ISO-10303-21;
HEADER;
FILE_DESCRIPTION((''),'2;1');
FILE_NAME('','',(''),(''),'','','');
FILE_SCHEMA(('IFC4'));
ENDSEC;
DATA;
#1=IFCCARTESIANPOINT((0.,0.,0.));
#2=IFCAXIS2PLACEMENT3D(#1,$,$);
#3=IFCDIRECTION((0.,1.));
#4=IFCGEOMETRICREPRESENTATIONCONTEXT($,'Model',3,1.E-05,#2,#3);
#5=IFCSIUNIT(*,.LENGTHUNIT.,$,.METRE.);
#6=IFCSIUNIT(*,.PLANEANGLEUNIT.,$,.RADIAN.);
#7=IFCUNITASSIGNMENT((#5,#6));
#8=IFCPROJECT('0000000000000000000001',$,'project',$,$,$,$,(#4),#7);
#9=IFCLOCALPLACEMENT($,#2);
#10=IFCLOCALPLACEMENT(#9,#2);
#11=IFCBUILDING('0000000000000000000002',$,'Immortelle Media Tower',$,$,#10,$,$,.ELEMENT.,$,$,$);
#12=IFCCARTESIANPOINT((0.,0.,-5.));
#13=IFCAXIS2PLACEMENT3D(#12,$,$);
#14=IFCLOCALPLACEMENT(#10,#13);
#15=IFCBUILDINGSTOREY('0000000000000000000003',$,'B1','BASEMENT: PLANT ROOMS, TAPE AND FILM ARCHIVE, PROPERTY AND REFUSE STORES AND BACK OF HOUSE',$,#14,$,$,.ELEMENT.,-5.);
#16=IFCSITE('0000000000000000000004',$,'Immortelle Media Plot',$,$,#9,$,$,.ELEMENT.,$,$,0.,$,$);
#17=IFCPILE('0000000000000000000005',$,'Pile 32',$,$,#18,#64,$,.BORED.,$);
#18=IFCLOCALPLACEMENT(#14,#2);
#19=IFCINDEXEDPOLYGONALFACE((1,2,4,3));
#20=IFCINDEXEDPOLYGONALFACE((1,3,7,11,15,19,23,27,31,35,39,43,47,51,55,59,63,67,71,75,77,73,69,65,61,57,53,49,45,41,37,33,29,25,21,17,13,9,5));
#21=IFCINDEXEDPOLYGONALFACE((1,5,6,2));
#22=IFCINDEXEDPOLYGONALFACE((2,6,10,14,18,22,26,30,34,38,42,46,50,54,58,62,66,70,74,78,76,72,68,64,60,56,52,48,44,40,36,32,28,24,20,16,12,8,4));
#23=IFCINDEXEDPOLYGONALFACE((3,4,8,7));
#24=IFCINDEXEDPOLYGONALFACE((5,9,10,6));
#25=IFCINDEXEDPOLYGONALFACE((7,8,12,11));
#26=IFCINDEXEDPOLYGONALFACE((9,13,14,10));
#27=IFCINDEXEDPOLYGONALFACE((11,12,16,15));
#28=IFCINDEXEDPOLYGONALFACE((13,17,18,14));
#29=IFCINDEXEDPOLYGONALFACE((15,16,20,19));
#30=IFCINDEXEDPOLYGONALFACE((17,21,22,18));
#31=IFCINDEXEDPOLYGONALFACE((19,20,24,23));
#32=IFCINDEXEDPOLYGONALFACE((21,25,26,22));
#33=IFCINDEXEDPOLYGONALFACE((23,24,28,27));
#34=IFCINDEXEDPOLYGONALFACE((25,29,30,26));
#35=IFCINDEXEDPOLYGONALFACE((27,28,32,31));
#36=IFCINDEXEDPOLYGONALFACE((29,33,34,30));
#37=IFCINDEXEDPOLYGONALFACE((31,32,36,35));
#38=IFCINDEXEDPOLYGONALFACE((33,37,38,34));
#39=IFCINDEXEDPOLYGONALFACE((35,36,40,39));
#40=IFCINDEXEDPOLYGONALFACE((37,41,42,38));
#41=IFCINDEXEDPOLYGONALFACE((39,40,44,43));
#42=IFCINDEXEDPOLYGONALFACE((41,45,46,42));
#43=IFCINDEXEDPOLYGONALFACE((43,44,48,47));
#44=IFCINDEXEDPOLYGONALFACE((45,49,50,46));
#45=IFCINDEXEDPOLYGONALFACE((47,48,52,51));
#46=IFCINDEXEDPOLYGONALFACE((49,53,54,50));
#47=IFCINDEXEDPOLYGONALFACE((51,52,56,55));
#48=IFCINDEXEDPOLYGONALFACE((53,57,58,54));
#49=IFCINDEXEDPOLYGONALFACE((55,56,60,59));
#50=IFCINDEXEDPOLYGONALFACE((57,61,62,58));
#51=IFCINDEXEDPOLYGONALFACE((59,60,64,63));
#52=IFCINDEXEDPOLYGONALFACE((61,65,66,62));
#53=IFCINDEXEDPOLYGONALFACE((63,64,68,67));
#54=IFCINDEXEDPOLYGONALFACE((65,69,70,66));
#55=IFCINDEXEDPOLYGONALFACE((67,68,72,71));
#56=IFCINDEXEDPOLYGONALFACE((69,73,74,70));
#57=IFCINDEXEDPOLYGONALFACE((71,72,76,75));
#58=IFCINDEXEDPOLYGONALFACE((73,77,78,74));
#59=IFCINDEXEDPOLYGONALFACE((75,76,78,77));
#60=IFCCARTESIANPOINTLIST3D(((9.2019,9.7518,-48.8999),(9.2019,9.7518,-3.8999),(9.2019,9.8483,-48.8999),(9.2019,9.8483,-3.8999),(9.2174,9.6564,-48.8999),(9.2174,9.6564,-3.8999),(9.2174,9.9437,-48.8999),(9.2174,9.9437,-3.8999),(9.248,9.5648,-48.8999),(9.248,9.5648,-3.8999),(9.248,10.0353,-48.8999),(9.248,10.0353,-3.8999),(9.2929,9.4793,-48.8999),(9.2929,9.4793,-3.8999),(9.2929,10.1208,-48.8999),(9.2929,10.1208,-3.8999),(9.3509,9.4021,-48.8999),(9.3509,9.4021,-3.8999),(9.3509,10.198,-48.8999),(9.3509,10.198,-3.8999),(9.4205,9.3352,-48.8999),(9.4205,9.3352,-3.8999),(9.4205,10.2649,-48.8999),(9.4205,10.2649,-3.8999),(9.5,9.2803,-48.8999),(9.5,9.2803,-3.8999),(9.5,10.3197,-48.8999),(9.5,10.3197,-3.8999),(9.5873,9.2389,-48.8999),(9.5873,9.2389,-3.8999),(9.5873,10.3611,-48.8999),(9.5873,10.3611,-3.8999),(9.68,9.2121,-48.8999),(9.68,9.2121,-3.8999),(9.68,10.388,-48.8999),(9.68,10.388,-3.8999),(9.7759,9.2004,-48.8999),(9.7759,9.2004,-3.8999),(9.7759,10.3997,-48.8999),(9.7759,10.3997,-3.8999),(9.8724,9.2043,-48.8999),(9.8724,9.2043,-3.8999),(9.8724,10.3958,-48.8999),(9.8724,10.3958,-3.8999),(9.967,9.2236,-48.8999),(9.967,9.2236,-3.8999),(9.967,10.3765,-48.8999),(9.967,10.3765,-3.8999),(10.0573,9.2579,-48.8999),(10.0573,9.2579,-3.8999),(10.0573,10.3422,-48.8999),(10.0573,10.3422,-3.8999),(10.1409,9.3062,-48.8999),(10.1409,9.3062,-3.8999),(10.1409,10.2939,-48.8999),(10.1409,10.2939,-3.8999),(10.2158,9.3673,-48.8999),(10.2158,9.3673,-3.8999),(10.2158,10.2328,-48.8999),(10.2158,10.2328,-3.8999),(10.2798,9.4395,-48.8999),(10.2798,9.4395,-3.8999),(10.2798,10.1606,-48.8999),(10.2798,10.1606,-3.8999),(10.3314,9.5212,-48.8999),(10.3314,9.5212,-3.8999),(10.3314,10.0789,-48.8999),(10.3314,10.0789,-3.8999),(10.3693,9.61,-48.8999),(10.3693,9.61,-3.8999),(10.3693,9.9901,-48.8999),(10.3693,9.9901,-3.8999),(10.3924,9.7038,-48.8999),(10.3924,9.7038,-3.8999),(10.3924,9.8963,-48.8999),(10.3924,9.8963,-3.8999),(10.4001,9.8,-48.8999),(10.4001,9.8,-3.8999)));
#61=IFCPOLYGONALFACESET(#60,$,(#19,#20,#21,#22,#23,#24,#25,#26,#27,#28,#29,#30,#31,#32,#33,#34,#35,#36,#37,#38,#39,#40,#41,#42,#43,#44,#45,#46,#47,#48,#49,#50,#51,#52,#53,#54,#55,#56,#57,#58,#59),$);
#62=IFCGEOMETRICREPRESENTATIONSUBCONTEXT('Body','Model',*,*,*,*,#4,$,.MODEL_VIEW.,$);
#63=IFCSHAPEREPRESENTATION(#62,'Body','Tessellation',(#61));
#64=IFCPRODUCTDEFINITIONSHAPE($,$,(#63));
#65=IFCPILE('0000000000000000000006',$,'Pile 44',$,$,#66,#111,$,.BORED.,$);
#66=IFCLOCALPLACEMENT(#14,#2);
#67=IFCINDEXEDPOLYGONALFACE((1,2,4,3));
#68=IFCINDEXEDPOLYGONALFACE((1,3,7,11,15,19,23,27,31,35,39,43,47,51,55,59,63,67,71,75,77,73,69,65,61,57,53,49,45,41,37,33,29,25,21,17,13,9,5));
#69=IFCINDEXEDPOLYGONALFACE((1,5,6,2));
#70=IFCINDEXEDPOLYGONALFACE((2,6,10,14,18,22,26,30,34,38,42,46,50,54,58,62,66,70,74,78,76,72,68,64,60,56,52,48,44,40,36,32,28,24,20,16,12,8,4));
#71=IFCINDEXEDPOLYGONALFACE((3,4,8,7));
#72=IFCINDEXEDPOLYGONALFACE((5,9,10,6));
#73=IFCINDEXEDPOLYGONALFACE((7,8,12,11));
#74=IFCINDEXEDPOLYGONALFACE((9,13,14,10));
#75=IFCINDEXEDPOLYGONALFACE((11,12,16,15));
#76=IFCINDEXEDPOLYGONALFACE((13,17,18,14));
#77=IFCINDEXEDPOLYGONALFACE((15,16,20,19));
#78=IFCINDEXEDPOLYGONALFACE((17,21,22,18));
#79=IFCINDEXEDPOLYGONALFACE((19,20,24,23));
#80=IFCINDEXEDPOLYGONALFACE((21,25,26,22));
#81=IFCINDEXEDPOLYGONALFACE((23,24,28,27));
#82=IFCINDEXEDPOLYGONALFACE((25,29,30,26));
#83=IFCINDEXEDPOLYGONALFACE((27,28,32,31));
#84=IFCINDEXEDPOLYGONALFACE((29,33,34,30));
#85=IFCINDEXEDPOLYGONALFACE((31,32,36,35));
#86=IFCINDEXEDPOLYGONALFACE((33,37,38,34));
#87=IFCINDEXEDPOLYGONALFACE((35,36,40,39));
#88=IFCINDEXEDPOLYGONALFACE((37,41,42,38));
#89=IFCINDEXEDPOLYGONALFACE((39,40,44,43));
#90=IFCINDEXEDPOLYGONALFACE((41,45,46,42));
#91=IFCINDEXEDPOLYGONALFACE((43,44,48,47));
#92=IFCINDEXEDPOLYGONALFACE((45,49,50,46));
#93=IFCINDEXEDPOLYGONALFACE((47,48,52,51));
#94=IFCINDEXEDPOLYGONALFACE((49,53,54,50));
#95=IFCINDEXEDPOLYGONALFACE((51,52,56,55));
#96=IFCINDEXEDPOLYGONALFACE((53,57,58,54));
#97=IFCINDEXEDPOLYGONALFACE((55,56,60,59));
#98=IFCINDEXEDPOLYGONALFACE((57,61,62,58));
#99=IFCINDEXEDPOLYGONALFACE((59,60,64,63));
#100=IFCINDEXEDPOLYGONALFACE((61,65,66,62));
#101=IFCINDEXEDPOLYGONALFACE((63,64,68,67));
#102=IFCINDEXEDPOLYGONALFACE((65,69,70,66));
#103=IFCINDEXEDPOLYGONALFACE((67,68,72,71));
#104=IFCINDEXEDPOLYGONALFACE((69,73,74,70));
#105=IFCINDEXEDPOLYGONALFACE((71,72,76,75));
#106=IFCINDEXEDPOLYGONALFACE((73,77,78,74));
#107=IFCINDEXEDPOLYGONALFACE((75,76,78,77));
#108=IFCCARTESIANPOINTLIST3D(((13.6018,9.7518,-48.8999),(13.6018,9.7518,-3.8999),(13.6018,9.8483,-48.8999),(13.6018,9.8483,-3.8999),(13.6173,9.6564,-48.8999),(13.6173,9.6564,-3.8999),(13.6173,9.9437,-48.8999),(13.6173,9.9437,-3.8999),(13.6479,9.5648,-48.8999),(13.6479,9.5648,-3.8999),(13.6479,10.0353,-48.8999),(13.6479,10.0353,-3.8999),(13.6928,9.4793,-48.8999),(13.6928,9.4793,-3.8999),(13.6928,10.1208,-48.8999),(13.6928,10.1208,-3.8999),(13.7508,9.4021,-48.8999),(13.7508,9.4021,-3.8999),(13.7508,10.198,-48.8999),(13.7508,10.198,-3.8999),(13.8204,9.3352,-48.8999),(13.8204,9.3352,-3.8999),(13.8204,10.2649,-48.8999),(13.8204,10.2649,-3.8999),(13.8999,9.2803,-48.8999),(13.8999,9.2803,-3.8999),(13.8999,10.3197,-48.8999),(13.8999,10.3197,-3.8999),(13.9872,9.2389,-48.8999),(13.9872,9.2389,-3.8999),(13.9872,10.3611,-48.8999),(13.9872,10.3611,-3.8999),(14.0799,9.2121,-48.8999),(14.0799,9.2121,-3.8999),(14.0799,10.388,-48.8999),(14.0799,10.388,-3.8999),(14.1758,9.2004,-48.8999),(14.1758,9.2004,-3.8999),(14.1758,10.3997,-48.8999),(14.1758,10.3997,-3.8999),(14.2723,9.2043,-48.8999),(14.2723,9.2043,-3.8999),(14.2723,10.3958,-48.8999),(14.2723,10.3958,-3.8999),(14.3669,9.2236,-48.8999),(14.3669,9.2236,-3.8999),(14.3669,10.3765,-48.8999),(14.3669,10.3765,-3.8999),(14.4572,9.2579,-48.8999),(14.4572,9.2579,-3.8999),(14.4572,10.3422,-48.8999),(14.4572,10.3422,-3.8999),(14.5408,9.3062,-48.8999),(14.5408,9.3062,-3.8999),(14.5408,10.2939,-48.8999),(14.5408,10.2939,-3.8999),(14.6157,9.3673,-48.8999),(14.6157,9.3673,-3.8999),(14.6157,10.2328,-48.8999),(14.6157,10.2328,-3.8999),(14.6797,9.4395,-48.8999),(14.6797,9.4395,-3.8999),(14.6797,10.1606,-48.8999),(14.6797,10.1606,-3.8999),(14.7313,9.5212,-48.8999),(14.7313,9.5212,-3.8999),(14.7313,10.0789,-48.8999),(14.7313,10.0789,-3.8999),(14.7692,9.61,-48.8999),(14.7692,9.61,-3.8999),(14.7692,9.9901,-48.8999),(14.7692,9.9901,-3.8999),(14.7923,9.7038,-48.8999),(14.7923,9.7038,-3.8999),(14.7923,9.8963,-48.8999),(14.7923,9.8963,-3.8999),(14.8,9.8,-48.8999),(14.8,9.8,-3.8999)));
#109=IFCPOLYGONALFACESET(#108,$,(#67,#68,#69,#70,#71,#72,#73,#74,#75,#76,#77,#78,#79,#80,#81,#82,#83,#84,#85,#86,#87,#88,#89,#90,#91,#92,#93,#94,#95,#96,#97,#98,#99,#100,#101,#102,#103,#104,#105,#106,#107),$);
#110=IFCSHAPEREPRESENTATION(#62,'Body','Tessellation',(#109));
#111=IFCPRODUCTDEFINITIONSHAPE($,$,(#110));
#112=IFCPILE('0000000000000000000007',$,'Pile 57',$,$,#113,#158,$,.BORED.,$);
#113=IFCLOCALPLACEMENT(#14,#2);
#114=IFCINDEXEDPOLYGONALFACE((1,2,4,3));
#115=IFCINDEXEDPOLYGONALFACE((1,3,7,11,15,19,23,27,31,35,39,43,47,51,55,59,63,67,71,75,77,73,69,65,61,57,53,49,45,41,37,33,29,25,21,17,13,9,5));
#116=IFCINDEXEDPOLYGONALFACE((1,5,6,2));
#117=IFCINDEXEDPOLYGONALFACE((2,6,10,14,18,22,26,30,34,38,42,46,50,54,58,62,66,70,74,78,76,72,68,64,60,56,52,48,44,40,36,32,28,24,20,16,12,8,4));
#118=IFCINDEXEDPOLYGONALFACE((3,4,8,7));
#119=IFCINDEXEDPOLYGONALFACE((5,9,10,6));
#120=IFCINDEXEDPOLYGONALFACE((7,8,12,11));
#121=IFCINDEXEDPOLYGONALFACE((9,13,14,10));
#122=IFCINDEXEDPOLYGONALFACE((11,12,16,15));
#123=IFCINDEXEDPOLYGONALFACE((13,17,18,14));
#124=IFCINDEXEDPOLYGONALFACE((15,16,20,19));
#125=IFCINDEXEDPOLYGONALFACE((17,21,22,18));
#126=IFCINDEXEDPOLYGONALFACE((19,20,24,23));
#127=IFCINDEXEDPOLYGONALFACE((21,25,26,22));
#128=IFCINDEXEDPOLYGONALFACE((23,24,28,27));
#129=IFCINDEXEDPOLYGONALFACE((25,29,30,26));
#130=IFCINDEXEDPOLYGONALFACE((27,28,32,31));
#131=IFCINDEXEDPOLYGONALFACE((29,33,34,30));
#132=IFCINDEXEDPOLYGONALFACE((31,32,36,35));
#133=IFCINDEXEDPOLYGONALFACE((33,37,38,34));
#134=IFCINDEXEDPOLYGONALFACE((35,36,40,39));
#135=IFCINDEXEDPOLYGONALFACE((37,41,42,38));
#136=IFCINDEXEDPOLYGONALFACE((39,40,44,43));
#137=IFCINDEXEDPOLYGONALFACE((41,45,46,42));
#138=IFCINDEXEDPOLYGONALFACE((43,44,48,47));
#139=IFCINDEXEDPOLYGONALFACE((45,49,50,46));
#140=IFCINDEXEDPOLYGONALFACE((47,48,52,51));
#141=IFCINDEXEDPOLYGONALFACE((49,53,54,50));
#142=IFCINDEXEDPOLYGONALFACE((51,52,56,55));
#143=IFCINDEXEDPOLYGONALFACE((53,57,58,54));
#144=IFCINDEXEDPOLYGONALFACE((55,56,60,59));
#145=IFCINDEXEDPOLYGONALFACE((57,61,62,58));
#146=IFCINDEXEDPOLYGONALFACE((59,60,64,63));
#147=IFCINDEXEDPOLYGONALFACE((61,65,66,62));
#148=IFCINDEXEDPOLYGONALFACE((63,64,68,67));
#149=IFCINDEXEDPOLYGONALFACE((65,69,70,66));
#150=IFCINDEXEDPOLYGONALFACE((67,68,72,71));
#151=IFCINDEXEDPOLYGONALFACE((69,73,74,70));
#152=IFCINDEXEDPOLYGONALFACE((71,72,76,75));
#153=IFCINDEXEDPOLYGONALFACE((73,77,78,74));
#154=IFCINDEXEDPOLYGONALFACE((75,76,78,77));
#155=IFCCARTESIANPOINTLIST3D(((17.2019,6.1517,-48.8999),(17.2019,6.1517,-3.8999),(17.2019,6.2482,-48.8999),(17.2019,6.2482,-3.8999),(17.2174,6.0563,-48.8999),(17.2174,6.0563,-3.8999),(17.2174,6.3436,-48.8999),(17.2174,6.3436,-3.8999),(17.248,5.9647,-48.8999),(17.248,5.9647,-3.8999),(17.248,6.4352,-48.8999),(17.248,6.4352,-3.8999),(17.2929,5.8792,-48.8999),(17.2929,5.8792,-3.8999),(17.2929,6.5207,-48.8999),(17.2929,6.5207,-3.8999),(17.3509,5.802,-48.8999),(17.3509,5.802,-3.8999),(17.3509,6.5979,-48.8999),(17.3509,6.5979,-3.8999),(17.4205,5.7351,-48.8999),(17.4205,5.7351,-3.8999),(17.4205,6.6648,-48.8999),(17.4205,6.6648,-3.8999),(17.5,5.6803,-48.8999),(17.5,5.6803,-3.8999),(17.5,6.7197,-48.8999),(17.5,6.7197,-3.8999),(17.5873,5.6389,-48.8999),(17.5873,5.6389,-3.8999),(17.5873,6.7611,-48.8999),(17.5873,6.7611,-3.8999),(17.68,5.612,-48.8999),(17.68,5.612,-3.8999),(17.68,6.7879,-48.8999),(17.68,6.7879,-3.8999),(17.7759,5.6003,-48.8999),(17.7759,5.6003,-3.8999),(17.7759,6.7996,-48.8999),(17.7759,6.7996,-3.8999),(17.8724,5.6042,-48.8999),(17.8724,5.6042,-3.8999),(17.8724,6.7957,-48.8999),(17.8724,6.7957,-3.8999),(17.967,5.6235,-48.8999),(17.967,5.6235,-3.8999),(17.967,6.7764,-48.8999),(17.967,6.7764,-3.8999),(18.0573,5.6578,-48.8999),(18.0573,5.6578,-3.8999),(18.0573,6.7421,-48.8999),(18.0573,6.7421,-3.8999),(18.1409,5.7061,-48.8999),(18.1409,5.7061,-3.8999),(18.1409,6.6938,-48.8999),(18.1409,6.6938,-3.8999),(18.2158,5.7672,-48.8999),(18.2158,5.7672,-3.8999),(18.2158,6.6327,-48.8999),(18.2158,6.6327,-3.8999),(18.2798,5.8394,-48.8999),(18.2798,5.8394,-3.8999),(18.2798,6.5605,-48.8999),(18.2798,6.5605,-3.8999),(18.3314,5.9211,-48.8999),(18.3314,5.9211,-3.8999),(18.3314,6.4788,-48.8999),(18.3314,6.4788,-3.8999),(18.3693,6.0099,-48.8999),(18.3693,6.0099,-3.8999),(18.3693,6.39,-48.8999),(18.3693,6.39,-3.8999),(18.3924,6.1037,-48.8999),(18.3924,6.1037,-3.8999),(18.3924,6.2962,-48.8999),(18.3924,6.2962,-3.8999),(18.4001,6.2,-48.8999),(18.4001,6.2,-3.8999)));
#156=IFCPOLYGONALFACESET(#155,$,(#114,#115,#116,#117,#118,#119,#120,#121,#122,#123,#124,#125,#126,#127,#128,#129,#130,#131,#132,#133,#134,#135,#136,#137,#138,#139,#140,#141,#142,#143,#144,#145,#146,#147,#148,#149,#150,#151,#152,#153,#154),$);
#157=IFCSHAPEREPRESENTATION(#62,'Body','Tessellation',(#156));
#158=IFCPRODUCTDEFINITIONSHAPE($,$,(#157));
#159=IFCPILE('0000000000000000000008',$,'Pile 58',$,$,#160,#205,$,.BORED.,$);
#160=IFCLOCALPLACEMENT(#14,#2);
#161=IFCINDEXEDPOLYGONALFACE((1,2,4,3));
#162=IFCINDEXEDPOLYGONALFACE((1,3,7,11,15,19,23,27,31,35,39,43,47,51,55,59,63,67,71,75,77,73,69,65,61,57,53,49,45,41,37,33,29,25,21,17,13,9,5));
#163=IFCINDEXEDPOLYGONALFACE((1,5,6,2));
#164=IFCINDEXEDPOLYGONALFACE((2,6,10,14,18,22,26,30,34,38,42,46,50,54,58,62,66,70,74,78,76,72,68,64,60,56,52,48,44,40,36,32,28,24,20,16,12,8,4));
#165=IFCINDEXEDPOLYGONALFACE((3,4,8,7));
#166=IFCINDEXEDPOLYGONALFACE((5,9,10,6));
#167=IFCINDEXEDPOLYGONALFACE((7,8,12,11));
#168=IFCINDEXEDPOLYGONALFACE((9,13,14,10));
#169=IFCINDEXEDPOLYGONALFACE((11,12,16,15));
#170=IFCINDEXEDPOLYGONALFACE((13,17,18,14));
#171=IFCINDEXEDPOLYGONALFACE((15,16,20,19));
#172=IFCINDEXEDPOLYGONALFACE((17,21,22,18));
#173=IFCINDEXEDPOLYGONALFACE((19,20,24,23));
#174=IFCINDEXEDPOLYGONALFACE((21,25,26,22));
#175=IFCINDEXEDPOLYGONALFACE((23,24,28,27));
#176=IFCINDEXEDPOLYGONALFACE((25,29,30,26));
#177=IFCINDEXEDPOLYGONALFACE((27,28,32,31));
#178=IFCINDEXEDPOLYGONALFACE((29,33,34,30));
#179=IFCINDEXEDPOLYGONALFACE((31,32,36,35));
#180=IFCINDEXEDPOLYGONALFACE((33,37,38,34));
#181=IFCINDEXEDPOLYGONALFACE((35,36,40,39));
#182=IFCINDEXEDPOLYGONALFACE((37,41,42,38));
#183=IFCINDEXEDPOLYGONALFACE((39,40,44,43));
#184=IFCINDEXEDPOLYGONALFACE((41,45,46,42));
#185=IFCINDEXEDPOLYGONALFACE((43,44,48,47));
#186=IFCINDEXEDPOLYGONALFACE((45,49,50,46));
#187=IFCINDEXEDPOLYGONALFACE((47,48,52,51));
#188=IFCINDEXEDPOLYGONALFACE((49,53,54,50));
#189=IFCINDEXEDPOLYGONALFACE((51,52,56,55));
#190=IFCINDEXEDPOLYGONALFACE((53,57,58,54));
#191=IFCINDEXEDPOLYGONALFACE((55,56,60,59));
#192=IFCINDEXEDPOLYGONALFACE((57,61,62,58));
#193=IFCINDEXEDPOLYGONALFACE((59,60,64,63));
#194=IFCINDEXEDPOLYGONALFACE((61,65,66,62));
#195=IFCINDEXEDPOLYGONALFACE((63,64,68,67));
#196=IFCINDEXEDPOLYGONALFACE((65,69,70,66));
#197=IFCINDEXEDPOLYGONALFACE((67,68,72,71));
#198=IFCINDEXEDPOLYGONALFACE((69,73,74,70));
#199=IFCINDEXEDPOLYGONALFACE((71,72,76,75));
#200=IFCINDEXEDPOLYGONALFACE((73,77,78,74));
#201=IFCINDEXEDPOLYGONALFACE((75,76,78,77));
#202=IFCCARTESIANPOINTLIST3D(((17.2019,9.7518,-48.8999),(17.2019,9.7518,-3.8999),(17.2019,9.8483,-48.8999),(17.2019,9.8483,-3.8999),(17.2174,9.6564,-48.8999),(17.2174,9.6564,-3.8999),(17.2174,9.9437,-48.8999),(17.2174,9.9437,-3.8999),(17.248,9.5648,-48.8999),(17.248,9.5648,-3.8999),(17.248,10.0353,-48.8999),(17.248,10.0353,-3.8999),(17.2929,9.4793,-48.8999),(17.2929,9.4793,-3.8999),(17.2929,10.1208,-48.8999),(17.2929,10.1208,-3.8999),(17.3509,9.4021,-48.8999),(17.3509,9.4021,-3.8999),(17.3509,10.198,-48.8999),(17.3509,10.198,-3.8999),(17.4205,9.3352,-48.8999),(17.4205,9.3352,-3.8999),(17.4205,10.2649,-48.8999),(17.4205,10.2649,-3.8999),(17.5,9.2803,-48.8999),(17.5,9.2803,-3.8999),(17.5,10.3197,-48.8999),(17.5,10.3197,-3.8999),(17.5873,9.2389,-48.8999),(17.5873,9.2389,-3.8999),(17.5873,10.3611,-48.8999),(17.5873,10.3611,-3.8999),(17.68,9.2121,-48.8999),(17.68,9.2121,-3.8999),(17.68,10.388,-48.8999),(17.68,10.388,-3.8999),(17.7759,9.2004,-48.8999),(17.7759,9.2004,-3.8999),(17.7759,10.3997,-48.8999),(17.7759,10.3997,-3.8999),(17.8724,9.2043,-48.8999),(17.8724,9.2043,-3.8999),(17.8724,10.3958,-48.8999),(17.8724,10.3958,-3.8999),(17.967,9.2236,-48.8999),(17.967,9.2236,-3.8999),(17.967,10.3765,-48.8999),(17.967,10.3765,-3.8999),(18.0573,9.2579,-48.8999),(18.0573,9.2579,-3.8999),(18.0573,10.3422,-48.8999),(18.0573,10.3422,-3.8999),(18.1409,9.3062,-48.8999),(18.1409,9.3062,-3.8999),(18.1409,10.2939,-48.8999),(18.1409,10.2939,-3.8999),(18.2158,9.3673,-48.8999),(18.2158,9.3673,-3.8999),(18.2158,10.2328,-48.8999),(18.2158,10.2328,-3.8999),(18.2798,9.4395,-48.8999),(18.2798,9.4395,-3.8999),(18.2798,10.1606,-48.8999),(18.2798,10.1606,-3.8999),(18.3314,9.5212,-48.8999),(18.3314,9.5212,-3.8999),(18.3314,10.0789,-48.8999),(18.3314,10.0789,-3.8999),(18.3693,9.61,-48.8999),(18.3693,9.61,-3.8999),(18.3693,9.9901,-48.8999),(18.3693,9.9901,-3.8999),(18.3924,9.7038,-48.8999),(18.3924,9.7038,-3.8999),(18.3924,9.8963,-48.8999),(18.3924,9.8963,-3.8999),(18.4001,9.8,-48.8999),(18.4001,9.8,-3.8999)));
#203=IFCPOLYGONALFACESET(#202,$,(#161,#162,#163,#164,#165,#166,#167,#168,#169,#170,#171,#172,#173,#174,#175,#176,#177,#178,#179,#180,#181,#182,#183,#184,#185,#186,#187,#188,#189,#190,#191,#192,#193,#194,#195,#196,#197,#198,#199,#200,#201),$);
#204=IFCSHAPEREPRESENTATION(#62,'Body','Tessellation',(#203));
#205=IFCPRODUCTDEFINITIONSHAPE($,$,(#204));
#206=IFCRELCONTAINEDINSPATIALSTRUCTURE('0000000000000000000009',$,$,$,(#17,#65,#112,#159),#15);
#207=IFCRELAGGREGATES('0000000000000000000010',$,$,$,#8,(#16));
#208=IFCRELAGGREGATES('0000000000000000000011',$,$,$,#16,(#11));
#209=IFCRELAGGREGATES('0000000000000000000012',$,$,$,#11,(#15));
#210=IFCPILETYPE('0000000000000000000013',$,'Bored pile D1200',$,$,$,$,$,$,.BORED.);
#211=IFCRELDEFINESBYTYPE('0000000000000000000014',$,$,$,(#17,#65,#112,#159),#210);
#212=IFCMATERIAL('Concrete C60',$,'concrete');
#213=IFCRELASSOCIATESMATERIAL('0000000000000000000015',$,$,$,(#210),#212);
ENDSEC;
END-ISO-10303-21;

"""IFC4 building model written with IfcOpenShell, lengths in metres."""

from ifc_helpers import new_model, si_unit, direction, frame, origin, origin_2d, place, context, subcontext, project, spatial, circle, extrude, material, material_profile, profile_set, type_object, element, save


model = new_model("IFC4")

# Units and contexts
model_context = context("Model", 3, precision=1e-05, world=origin(), true_north=direction((0.0, 1.0)))
body_context = subcontext(model_context, "Body", "Model", "MODEL_VIEW")
ifc_project = project(units=[si_unit("LENGTHUNIT", "METRE"), si_unit("PLANEANGLEUNIT", "RADIAN")], contexts=[model_context])

# Site, building, storey
site_placement = place(None, origin())
site = spatial("IfcSite", under=ifc_project, at=site_placement, Name="Immortelle Media Plot", CompositionType="ELEMENT", RefElevation=0.0)
building_placement = place(site_placement, origin())
building = spatial("IfcBuilding", under=site, at=building_placement, Name="Immortelle Media Tower", CompositionType="ELEMENT")
storey_placement = place(building_placement, frame((0.0, 0.0, -5.0)))
storey = spatial("IfcBuildingStorey", under=building, at=storey_placement, Name="B1", Description="BASEMENT: PLANT ROOMS, TAPE AND FILM ARCHIVE, PROPERTY AND REFUSE STORES AND BACK OF HOUSE", CompositionType="ELEMENT", Elevation=-5.0)

# Piles
ifc_material_1 = material(Name="Concrete C60", Category="concrete")
ifc_material_profile_1 = material_profile(ifc_material_1, circle(Radius=0.6001, at=origin_2d()), Name="Bored pile D1200")
ifc_profile_set_1 = profile_set([ifc_material_profile_1], Name="Concrete C60")
pile_type = type_object("IfcPileType", Name="Bored pile D1200", PredefinedType="BORED", material=ifc_profile_set_1)
for number, where, z_axis, x_axis, name in (
    (1, (9.8, 9.8, -3.8999), (0.0, 0.0, -1.0), (1.0, 0.0, 0.0), "Pile 32"),
    (2, (14.2, 9.8, -3.8999), (0.0, 0.0, -1.0), (1.0, 0.0, 0.0), "Pile 44"),
    (3, (17.8, 6.2, -3.8999), (0.0, 0.0, -1.0), (1.0, 0.0, 0.0), "Pile 57"),
    (4, (17.8, 9.8, -3.8999), (0.0, 0.0, -1.0), (1.0, 0.0, 0.0), "Pile 58"),
):
    element("IfcPile", number, at=place(storey_placement, frame(where, z_axis=z_axis, x_axis=x_axis)), inside=storey, type_object=pile_type, Name=name, PredefinedType="BORED", context=body_context, shape_type="SweptSolid", body=[
        extrude(circle(Radius=0.6001, at=origin_2d()), origin(), (0.0, 0.0, 1.0), 45.0),
    ])

save(model, "model.ifc")
